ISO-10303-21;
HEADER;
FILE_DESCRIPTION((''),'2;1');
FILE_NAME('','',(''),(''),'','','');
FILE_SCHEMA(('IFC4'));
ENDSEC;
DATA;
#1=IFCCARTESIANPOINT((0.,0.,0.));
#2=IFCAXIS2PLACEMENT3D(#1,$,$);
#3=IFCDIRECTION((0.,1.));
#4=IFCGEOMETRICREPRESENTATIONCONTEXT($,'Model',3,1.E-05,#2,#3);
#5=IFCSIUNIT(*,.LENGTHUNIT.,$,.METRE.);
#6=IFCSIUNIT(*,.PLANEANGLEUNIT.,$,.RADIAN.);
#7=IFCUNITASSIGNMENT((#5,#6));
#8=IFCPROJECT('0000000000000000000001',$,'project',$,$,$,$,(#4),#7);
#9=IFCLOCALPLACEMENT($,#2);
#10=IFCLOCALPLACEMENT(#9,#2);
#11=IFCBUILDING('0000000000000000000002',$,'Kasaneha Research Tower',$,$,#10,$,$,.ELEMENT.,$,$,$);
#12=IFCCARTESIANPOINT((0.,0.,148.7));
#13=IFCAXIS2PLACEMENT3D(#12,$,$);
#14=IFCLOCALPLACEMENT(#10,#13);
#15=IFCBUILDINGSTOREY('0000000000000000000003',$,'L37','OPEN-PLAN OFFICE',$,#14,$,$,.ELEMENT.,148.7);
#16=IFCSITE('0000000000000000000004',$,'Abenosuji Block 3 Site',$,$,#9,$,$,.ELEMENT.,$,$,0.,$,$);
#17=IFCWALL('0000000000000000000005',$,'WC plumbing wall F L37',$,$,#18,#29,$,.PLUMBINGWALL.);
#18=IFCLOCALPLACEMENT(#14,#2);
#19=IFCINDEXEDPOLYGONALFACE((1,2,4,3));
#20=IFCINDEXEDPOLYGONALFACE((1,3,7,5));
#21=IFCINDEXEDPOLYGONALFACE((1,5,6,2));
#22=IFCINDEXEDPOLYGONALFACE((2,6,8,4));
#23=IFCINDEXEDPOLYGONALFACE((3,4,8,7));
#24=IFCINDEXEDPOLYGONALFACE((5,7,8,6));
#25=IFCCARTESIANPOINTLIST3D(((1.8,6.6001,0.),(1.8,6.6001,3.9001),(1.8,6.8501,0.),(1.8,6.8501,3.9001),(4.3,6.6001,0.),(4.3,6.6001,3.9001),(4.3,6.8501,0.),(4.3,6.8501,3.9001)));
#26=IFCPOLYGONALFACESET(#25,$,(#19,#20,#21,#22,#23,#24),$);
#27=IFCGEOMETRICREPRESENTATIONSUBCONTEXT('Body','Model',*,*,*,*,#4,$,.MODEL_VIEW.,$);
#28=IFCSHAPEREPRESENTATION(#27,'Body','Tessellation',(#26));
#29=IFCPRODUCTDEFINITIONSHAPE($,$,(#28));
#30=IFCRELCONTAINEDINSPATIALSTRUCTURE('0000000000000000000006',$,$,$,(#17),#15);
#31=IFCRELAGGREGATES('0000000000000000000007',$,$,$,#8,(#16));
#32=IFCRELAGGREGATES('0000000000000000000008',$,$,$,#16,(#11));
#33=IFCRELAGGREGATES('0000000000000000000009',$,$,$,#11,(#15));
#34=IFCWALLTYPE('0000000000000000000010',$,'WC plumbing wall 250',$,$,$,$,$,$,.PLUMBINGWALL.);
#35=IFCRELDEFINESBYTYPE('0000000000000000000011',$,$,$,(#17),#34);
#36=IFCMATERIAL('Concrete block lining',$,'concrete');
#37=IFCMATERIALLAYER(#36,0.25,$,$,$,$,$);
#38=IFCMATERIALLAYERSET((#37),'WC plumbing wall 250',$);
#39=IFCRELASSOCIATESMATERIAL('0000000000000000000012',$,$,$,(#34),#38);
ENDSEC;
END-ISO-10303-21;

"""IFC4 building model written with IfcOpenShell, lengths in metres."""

from ifc_helpers import new_model, si_unit, direction, frame, frame_2d, origin, place, context, subcontext, project, spatial, rectangle, extrude, material, layer, layer_set, type_object, element, save


model = new_model("IFC4")

# Units and contexts
model_context = context("Model", 3, precision=1e-05, world=origin(), true_north=direction((0.0, 1.0)))
body_context = subcontext(model_context, "Body", "Model", "MODEL_VIEW")
ifc_project = project(units=[si_unit("LENGTHUNIT", "METRE"), si_unit("PLANEANGLEUNIT", "RADIAN")], contexts=[model_context])

# Site, building, storey
site_placement = place(None, origin())
site = spatial("IfcSite", under=ifc_project, at=site_placement, Name="Abenosuji Block 3 Site", CompositionType="ELEMENT", RefElevation=0.0)
building_placement = place(site_placement, origin())
building = spatial("IfcBuilding", under=site, at=building_placement, Name="Kasaneha Research Tower", CompositionType="ELEMENT")
storey_placement = place(building_placement, frame((0.0, 0.0, 148.7)))
storey = spatial("IfcBuildingStorey", under=building, at=storey_placement, Name="L37", Description="OPEN-PLAN OFFICE", CompositionType="ELEMENT", Elevation=148.7)

# Wall
ifc_material_1 = material(Name="Concrete block lining", Category="concrete")
ifc_layer_1 = layer(ifc_material_1, 0.25)
ifc_layer_set_1 = layer_set([ifc_layer_1], Name="WC plumbing wall 250")
wall_type_1 = type_object("IfcWallType", Name="WC plumbing wall 250", PredefinedType="PLUMBINGWALL", material=ifc_layer_set_1)
wall_1_placement = place(storey_placement, frame((1.8, 6.7251, 0.0), z_axis=(0.0, 0.0, 1.0), x_axis=(1.0, 0.0, 0.0)))
element("IfcWall", 1, at=wall_1_placement, inside=storey, type_object=wall_type_1, Name="WC plumbing wall F L37", PredefinedType="PLUMBINGWALL", context=body_context, shape_type="SweptSolid", body=[
    extrude(rectangle(XDim=2.5, YDim=0.25, at=frame_2d((1.25, 0.0))), origin(), (0.0, 0.0, 1.0), 3.9001),
])

save(model, "model.ifc")
